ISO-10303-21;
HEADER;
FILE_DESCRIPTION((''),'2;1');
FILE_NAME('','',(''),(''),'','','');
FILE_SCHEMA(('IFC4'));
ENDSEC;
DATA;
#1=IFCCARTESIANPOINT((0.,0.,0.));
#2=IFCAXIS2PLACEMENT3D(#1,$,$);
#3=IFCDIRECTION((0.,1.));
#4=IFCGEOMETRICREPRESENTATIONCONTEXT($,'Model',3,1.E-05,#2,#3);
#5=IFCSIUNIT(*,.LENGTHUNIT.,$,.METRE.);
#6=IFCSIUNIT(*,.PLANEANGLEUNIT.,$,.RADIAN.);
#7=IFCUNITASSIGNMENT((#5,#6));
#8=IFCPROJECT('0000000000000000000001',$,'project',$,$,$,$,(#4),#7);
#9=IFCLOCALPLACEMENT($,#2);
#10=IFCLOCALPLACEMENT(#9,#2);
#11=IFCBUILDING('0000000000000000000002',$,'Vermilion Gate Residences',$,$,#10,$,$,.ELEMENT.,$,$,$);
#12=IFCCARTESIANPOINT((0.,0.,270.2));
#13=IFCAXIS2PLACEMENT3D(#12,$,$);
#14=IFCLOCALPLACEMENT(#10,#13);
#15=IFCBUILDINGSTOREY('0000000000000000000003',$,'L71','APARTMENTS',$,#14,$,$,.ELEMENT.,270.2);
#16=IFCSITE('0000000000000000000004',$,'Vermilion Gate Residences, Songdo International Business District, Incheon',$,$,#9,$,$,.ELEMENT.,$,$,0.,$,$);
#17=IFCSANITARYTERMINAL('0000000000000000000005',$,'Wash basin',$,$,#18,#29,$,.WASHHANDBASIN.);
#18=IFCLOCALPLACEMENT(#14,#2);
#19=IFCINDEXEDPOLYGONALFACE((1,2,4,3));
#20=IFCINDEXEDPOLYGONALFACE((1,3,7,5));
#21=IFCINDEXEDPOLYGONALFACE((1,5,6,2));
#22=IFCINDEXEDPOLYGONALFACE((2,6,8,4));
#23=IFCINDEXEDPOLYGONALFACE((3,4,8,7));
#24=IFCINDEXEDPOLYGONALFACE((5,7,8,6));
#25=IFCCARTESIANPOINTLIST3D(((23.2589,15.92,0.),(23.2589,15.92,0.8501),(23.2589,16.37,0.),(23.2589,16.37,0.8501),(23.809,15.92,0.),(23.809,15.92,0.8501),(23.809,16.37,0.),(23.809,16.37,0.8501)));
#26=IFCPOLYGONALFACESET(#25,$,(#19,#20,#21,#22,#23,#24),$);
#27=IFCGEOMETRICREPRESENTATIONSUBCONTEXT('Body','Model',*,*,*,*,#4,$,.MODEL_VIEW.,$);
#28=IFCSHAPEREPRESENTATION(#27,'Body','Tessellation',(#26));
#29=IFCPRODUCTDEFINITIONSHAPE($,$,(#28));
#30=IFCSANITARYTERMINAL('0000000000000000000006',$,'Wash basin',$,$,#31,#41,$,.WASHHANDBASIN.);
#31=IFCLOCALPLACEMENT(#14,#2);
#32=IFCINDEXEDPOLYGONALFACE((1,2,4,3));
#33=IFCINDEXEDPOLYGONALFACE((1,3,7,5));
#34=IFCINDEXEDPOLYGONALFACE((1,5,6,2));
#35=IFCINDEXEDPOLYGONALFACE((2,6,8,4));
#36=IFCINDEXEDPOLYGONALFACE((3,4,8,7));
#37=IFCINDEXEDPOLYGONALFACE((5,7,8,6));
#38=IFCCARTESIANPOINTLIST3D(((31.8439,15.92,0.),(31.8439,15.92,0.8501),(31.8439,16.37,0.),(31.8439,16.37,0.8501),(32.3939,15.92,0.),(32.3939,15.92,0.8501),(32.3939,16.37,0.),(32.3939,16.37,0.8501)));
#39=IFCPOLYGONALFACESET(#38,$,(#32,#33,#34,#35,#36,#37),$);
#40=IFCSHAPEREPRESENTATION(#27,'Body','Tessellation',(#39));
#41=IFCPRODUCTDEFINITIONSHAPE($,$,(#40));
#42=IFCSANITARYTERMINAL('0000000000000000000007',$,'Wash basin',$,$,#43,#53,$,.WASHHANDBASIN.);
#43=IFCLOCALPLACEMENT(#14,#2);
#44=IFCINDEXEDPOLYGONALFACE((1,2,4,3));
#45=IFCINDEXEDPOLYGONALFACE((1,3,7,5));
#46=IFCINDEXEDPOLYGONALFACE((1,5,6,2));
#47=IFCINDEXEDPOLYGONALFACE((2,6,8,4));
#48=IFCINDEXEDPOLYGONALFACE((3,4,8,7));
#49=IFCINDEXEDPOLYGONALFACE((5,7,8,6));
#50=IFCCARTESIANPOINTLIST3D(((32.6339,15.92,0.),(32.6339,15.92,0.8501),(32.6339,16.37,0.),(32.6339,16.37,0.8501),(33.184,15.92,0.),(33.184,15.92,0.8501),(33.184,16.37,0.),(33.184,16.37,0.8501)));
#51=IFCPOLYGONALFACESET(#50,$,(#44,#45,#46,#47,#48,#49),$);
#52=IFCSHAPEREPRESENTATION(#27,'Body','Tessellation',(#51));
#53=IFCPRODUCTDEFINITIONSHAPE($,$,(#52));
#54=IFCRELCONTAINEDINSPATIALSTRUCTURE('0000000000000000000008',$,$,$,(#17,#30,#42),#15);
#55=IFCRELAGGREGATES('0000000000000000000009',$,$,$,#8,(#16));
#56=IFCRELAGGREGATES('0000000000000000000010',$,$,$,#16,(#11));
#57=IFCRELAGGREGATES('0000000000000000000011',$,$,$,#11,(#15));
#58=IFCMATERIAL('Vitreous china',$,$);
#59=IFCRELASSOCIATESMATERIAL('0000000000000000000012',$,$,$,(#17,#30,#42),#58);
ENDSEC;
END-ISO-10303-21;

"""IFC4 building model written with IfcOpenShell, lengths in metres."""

from ifc_helpers import new_model, si_unit, direction, frame, origin, origin_2d, place, context, subcontext, project, spatial, rectangle, extrude, material, element, save


model = new_model("IFC4")

# Units and contexts
model_context = context("Model", 3, precision=1e-05, world=origin(), true_north=direction((0.0, 1.0)))
body_context = subcontext(model_context, "Body", "Model", "MODEL_VIEW")
ifc_project = project(units=[si_unit("LENGTHUNIT", "METRE"), si_unit("PLANEANGLEUNIT", "RADIAN")], contexts=[model_context])

# Site, building, storey
site_placement = place(None, origin())
site = spatial("IfcSite", under=ifc_project, at=site_placement, Name="Vermilion Gate Residences, Songdo International Business District, Incheon", CompositionType="ELEMENT", RefElevation=0.0)
building_placement = place(site_placement, origin())
building = spatial("IfcBuilding", under=site, at=building_placement, Name="Vermilion Gate Residences", CompositionType="ELEMENT")
storey_placement = place(building_placement, frame((0.0, 0.0, 270.2)))
storey = spatial("IfcBuildingStorey", under=building, at=storey_placement, Name="L71", Description="APARTMENTS", CompositionType="ELEMENT", Elevation=270.2)

# Sanitary terminals
ifc_material_1 = material(Name="Vitreous china")
for number, where, z_axis, x_axis, name in (
    (1, (23.5339, 16.145, 0.0), (0.0, 0.0, 1.0), (1.0, 0.0, 0.0), "Wash basin"),
    (2, (32.1189, 16.145, 0.0), (0.0, 0.0, 1.0), (1.0, 0.0, 0.0), "Wash basin"),
    (3, (32.9089, 16.145, 0.0), (0.0, 0.0, 1.0), (1.0, 0.0, 0.0), "Wash basin"),
):
    element("IfcSanitaryTerminal", number, at=place(storey_placement, frame(where, z_axis=z_axis, x_axis=x_axis)), inside=storey, material=ifc_material_1, Name=name, PredefinedType="WASHHANDBASIN", context=body_context, shape_type="SweptSolid", body=[
        extrude(rectangle(XDim=0.55, YDim=0.45, at=origin_2d()), origin(), (0.0, 0.0, 1.0), 0.8501),
    ])

save(model, "model.ifc")
